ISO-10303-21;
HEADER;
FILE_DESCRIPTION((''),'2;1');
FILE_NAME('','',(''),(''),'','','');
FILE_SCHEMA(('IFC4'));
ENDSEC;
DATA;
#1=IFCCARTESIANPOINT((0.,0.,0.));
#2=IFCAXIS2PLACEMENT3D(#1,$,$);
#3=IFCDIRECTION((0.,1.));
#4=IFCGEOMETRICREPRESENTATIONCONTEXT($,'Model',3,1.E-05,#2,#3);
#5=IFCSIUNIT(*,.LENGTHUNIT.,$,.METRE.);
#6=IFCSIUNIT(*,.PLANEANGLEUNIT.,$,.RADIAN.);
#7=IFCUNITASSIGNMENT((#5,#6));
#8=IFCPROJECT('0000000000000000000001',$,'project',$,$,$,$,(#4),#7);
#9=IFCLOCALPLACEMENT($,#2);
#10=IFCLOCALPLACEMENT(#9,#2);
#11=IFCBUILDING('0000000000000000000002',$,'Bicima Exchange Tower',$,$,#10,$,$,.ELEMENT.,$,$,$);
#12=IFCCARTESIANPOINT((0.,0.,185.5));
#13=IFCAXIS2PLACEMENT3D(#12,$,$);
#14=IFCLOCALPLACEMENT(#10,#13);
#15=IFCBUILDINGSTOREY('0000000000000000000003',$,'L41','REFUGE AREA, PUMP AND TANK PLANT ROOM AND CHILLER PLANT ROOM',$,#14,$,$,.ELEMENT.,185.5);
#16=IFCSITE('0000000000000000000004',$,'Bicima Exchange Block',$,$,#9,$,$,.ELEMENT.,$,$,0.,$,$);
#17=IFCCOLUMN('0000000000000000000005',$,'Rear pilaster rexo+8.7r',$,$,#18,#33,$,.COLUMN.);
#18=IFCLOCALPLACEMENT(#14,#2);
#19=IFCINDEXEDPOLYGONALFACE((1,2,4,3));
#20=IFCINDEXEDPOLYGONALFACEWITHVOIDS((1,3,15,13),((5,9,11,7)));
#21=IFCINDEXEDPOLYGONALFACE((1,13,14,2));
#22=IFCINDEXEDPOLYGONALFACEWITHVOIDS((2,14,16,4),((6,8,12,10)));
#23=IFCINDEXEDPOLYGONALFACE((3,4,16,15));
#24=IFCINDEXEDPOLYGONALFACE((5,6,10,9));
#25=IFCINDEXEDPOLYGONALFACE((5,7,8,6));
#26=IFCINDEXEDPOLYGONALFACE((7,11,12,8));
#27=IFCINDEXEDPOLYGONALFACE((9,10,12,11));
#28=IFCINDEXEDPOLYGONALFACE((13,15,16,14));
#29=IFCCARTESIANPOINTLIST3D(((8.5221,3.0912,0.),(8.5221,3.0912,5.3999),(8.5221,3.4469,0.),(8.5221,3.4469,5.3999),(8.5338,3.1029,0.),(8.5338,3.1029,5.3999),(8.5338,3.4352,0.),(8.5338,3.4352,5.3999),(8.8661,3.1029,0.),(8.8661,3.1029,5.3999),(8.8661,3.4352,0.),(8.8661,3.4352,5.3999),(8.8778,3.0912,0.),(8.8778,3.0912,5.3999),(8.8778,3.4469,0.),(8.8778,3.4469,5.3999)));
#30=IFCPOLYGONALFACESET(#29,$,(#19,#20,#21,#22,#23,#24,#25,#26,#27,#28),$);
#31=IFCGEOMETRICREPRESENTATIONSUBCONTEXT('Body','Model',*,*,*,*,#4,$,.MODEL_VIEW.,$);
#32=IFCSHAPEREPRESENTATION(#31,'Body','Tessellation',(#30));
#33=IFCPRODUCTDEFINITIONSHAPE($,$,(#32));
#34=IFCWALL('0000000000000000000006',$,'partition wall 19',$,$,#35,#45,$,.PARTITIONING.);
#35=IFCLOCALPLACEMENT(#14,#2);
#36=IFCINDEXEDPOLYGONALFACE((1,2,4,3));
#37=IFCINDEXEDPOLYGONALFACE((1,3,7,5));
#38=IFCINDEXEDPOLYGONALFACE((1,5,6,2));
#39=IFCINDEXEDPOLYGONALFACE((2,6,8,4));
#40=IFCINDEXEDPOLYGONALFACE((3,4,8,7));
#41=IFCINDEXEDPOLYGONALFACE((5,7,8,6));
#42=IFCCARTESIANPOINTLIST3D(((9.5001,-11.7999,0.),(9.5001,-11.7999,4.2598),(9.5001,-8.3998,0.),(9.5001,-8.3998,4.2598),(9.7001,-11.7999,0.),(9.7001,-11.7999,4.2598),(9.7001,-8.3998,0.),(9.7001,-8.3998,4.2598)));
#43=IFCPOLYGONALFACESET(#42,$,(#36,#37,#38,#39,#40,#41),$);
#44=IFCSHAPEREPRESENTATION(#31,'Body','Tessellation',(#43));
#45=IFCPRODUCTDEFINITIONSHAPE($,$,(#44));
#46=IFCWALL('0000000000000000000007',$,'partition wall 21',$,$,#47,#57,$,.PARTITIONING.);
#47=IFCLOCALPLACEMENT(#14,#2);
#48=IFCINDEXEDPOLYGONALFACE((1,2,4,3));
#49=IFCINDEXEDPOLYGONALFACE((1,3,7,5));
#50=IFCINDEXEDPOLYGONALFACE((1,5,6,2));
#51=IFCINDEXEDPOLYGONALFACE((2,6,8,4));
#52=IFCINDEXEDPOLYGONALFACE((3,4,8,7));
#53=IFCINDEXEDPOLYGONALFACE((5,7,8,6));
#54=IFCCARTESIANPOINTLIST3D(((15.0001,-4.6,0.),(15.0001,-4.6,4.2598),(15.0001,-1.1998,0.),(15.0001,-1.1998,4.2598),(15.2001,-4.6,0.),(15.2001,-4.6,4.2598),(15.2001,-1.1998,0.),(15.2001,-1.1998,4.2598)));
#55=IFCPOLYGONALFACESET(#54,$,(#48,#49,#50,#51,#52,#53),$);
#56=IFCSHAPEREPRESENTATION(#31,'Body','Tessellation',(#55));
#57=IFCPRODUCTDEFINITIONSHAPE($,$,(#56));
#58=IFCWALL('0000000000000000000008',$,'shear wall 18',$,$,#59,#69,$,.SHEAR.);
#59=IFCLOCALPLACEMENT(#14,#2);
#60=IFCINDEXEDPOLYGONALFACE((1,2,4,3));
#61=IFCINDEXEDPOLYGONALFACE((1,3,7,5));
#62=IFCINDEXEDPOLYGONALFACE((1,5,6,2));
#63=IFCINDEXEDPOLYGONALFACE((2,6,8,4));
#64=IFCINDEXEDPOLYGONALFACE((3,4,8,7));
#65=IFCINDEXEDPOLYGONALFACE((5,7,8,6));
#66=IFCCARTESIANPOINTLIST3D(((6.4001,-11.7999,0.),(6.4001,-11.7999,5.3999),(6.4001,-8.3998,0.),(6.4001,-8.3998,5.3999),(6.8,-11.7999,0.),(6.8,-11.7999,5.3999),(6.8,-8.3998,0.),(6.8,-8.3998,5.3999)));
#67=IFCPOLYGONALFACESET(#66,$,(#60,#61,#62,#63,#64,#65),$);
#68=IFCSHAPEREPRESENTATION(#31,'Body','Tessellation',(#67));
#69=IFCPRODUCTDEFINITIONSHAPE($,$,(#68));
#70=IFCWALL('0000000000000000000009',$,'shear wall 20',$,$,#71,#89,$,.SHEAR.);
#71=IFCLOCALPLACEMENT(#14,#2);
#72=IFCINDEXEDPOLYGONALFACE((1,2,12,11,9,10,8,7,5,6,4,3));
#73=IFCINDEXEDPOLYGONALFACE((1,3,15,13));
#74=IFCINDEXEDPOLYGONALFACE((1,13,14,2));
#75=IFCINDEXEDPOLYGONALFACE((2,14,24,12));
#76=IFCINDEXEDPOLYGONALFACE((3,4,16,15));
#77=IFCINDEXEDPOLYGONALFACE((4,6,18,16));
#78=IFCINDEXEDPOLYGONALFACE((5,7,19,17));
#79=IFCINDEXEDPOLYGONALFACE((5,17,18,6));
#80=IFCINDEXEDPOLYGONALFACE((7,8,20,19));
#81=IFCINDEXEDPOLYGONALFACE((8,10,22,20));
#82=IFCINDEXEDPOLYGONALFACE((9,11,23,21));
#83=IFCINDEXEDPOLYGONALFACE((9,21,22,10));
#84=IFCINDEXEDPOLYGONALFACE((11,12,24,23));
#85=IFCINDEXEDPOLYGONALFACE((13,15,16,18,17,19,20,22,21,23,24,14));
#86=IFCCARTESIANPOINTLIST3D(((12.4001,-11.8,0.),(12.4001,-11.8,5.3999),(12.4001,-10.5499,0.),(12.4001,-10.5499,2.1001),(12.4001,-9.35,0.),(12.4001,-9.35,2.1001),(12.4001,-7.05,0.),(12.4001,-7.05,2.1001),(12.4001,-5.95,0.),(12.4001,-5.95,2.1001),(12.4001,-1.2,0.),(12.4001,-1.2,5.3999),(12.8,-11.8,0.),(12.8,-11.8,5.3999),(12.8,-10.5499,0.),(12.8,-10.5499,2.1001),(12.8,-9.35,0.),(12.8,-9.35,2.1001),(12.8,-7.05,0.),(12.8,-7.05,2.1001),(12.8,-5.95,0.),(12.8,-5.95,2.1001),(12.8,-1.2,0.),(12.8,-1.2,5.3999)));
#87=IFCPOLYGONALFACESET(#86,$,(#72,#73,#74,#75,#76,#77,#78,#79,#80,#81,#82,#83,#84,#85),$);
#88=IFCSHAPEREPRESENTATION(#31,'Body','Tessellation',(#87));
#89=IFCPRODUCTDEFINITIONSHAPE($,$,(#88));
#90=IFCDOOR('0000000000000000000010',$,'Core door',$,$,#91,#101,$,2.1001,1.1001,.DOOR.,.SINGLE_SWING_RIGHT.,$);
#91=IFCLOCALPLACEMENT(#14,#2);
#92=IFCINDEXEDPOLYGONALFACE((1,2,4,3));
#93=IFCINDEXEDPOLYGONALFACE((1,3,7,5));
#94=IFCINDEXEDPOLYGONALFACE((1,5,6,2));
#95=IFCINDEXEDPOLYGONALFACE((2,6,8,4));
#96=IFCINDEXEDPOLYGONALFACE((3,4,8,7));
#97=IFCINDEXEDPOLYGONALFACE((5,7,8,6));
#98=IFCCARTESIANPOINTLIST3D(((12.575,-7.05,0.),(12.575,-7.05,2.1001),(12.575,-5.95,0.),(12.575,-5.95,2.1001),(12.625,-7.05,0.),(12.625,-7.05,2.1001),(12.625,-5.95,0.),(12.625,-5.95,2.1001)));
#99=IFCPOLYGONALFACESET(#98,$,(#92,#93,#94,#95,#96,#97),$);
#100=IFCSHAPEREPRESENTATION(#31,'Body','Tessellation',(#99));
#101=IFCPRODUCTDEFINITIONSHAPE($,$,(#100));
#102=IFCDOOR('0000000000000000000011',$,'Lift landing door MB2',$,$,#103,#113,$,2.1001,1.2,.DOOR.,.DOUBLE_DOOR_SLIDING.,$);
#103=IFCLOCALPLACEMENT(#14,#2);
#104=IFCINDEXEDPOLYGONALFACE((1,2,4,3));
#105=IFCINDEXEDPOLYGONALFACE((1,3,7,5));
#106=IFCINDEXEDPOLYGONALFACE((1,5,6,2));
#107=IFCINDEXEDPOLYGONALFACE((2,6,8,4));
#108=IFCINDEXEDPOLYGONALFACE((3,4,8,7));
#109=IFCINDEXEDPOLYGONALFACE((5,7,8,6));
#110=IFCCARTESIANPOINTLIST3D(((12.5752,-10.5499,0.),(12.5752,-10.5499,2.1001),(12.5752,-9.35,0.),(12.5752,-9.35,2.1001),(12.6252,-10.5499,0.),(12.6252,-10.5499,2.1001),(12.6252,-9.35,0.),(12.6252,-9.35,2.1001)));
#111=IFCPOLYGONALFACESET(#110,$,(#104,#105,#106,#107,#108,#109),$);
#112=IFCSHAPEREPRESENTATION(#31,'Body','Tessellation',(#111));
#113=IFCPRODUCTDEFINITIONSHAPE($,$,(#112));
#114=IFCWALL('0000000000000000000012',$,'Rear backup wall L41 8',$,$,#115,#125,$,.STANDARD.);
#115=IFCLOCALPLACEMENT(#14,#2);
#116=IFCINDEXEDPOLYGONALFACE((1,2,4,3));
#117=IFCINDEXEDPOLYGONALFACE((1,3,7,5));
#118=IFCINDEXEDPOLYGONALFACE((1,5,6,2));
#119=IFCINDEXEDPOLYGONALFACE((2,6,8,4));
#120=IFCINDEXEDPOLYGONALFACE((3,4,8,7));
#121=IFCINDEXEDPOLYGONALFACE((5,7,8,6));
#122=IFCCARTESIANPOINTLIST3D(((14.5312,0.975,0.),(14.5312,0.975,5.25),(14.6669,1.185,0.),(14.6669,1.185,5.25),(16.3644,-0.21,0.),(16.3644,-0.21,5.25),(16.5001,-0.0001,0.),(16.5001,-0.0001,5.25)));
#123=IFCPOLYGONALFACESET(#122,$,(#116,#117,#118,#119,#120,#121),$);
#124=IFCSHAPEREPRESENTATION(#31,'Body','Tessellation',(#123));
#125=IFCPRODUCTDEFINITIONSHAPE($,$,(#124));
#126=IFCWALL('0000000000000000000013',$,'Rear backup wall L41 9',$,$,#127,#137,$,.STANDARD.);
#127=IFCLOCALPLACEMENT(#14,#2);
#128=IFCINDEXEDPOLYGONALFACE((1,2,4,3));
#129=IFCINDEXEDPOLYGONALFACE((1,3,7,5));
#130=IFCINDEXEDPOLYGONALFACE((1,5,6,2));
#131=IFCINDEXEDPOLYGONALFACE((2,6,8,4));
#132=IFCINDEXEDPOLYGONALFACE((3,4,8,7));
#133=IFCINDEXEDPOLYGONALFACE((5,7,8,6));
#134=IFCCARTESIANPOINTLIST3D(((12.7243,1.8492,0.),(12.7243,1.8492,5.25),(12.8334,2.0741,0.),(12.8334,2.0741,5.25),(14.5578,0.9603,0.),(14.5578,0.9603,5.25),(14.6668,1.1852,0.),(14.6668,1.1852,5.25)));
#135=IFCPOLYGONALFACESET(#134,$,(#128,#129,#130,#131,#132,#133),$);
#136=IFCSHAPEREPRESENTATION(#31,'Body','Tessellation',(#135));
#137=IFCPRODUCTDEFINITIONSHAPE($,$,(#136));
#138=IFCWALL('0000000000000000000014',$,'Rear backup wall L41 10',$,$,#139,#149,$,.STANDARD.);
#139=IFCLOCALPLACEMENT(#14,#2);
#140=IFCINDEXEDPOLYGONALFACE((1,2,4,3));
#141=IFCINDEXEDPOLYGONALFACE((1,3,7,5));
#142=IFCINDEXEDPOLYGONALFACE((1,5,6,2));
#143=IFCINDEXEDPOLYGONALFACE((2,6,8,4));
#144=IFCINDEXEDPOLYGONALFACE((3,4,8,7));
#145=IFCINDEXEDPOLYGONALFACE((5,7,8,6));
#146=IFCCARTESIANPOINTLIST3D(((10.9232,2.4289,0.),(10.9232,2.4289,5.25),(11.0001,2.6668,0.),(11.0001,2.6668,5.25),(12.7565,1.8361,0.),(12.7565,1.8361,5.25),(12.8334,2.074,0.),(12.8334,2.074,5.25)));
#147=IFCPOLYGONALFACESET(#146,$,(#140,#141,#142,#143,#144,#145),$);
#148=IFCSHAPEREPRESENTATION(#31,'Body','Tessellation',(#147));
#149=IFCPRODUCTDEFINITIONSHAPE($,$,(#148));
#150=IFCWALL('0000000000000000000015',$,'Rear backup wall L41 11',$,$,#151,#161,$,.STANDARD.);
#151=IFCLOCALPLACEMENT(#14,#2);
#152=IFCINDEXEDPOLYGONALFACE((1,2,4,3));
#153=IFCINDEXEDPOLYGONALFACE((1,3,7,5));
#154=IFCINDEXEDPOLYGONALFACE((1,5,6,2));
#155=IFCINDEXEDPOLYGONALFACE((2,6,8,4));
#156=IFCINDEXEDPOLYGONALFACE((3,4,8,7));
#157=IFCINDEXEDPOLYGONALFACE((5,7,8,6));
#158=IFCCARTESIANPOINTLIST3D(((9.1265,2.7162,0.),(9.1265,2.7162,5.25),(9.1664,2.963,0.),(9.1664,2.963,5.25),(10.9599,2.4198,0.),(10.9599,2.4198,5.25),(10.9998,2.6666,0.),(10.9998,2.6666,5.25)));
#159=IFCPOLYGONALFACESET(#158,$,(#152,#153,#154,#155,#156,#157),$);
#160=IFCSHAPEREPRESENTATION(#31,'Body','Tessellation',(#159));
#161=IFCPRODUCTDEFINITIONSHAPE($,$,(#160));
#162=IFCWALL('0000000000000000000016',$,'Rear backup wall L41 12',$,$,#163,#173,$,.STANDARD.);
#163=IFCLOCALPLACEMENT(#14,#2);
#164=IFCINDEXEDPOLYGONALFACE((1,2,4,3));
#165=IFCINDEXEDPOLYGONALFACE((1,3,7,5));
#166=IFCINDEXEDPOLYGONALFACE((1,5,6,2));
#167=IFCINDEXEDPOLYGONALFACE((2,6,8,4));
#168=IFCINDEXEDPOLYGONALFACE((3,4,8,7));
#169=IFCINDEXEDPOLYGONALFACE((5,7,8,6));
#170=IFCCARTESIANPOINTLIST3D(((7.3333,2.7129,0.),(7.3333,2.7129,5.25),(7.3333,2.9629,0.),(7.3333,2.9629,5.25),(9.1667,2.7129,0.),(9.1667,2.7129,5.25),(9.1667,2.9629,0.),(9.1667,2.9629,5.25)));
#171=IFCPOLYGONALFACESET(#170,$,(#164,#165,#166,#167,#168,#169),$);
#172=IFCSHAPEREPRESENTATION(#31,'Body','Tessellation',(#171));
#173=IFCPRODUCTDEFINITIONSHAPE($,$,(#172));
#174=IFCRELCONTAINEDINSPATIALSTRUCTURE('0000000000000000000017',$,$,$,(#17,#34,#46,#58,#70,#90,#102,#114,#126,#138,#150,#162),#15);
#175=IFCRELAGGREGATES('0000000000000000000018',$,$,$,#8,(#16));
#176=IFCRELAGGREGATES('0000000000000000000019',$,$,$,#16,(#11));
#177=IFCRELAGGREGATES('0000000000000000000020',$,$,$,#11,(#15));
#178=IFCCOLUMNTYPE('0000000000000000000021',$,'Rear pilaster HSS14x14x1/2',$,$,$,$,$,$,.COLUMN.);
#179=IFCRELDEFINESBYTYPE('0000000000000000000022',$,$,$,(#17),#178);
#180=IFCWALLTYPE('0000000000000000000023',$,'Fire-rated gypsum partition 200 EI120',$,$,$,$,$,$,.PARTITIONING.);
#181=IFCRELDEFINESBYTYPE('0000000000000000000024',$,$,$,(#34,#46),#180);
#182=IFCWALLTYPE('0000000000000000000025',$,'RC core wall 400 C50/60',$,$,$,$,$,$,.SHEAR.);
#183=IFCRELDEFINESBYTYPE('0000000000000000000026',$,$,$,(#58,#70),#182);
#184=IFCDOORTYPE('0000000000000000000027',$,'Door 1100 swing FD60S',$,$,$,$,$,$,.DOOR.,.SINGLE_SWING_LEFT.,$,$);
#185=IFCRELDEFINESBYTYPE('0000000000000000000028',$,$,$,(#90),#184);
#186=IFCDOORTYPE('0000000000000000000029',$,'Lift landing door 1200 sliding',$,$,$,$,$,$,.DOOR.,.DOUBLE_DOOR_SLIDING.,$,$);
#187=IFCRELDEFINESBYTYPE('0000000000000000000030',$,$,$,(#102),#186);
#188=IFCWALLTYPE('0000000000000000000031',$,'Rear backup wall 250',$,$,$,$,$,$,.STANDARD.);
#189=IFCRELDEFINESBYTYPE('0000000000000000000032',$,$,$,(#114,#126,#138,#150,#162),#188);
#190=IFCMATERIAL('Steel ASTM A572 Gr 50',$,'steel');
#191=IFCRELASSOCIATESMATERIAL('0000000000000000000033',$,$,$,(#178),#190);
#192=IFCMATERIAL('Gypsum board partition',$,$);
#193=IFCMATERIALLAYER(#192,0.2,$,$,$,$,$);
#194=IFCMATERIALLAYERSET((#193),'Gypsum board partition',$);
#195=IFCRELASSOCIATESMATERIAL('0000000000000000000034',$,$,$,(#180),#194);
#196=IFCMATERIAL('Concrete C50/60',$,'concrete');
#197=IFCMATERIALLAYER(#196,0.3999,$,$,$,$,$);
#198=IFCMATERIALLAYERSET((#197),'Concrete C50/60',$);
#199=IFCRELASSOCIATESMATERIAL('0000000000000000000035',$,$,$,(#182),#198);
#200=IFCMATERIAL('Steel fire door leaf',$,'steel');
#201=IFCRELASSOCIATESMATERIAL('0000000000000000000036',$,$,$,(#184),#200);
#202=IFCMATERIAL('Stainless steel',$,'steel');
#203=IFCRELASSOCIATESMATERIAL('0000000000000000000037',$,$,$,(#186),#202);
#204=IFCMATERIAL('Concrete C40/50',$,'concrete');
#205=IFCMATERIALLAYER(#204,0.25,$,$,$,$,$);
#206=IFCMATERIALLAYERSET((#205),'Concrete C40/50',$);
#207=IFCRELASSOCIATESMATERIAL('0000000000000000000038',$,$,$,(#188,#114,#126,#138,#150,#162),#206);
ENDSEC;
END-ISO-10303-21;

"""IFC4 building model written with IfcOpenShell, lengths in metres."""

from ifc_helpers import new_model, si_unit, direction, frame, frame_2d, origin, origin_2d, place, context, subcontext, project, spatial, rectangle, hollow_rectangle, extrude, material, layer, layer_set, layer_usage, material_profile, profile_set, type_object, element, fill, save


model = new_model("IFC4")

# Units and contexts
model_context = context("Model", 3, precision=1e-05, world=origin(), true_north=direction((0.0, 1.0)))
body_context = subcontext(model_context, "Body", "Model", "MODEL_VIEW")
ifc_project = project(units=[si_unit("LENGTHUNIT", "METRE"), si_unit("PLANEANGLEUNIT", "RADIAN")], contexts=[model_context])

# Site, building, storey
site_placement = place(None, origin())
site = spatial("IfcSite", under=ifc_project, at=site_placement, Name="Bicima Exchange Block", CompositionType="ELEMENT", RefElevation=0.0)
building_placement = place(site_placement, origin())
building = spatial("IfcBuilding", under=site, at=building_placement, Name="Bicima Exchange Tower", CompositionType="ELEMENT")
storey_placement = place(building_placement, frame((0.0, 0.0, 185.5)))
storey = spatial("IfcBuildingStorey", under=building, at=storey_placement, Name="L41", Description="REFUGE AREA, PUMP AND TANK PLANT ROOM AND CHILLER PLANT ROOM", CompositionType="ELEMENT", Elevation=185.5)

# Column
ifc_material_1 = material(Name="Steel ASTM A572 Gr 50", Category="steel")
ifc_material_profile = material_profile(ifc_material_1, hollow_rectangle(XDim=0.3557, YDim=0.3557, WallThickness=0.0117, at=origin_2d()))
ifc_profile_set = profile_set([ifc_material_profile], Name="Steel ASTM A572 Gr 50")
column_type = type_object("IfcColumnType", Name="Rear pilaster HSS14x14x1/2", PredefinedType="COLUMN", material=ifc_profile_set)
column_placement = place(storey_placement, frame((8.7, 3.269, 0.0), z_axis=(0.0, 0.0, 1.0), x_axis=(1.0, 0.0, 0.0)))
element("IfcColumn", 1, at=column_placement, inside=storey, type_object=column_type, Name="Rear pilaster rexo+8.7r", PredefinedType="COLUMN", context=body_context, shape_type="SweptSolid", body=[
    extrude(hollow_rectangle(XDim=0.3557, YDim=0.3557, WallThickness=0.0117, at=origin_2d()), origin(), (0.0, 0.0, 1.0), 5.3999),
])

# Walls
ifc_material_2 = material(Name="Gypsum board partition")
ifc_layer_1 = layer(ifc_material_2, 0.2)
ifc_layer_set_1 = layer_set([ifc_layer_1], Name="Gypsum board partition")
wall_type_1 = type_object("IfcWallType", Name="Fire-rated gypsum partition 200 EI120", PredefinedType="PARTITIONING", material=ifc_layer_set_1)
for number, where, z_axis, x_axis, name in (
    (2, (9.6001, -11.8, 0.0), (0.0, 0.0, 1.0), (0.0, 1.0, 0.0), "partition wall 19"),
    (3, (15.1001, -4.6001, 0.0), (0.0, 0.0, 1.0), (0.0, 1.0, 0.0), "partition wall 21"),
):
    element("IfcWall", number, at=place(storey_placement, frame(where, z_axis=z_axis, x_axis=x_axis)), inside=storey, type_object=wall_type_1, Name=name, PredefinedType="PARTITIONING", context=body_context, shape_type="SweptSolid", body=[
        extrude(rectangle(XDim=3.4001, YDim=0.2, at=frame_2d((1.7002, 0.0))), origin(), (0.0, 0.0, 1.0), 4.2598),
    ])
ifc_material_3 = material(Name="Concrete C50/60", Category="concrete")
ifc_layer_2 = layer(ifc_material_3, 0.3999)
ifc_layer_set_2 = layer_set([ifc_layer_2], Name="Concrete C50/60")
wall_type_2 = type_object("IfcWallType", Name="RC core wall 400 C50/60", PredefinedType="SHEAR", material=ifc_layer_set_2)
wall_1_placement = place(storey_placement, frame((6.6001, -11.8, 0.0), z_axis=(0.0, 0.0, 1.0), x_axis=(0.0, 1.0, 0.0)))
element("IfcWall", 4, at=wall_1_placement, inside=storey, type_object=wall_type_2, Name="shear wall 18", PredefinedType="SHEAR", context=body_context, shape_type="SweptSolid", body=[
    extrude(rectangle(XDim=3.4001, YDim=0.3999, at=frame_2d((1.7002, 0.0))), origin(), (0.0, 0.0, 1.0), 5.3999),
])

# Wall, openings, doors
wall_2_placement = place(storey_placement, frame((12.6001, -11.8, 0.0), z_axis=(0.0, 0.0, 1.0), x_axis=(0.0, 1.0, 0.0)))
wall_2 = element("IfcWall", 5, at=wall_2_placement, inside=storey, type_object=wall_type_2, Name="shear wall 20", PredefinedType="SHEAR", context=body_context, shape_type="SweptSolid", body=[
    extrude(rectangle(XDim=10.6001, YDim=0.3999, at=frame_2d((5.3, 0.0))), origin(), (0.0, 0.0, 1.0), 5.3999),
])
opening_1_placement = place(wall_2_placement, frame((1.25, 0.0, 0.0)))
opening_1 = element("IfcOpeningElement", 6, at=opening_1_placement, cuts=wall_2, PredefinedType="OPENING", context=body_context, shape_type="SweptSolid", body=[
    extrude(rectangle(XDim=1.2, YDim=2.1001, at=frame_2d((0.6001, 1.05))), frame((0.0, 0.2119, 0.0), z_axis=(0.0, -1.0, 0.0), x_axis=(1.0, 0.0, 0.0)), (0.0, 0.0, 1.0), 0.4238),
])
opening_2_placement = place(wall_2_placement, frame((4.75, 0.0, 0.0)))
opening_2 = element("IfcOpeningElement", 7, at=opening_2_placement, cuts=wall_2, PredefinedType="OPENING", context=body_context, shape_type="SweptSolid", body=[
    extrude(rectangle(XDim=1.1001, YDim=2.1001, at=frame_2d((0.55, 1.05))), frame((0.0, 0.2119, 0.0), z_axis=(0.0, -1.0, 0.0), x_axis=(1.0, 0.0, 0.0)), (0.0, 0.0, 1.0), 0.4238),
])
ifc_material_4 = material(Name="Steel fire door leaf", Category="steel")
door_type_1 = type_object("IfcDoorType", Name="Door 1100 swing FD60S", OperationType="SINGLE_SWING_LEFT", PredefinedType="DOOR", material=ifc_material_4)
door_1_placement = place(opening_2_placement, frame((1.1001, 0.0, 0.0), z_axis=(0.0, 0.0, 1.0), x_axis=(-1.0, 0.0, 0.0)))
door_1 = element("IfcDoor", 8, at=door_1_placement, inside=storey, type_object=door_type_1, Name="Core door", OperationType="SINGLE_SWING_RIGHT", OverallHeight=2.1001, OverallWidth=1.1001, PredefinedType="DOOR", context=body_context, shape_type="SweptSolid", body=[
    extrude(rectangle(XDim=1.1001, YDim=2.1001, at=frame_2d((0.55, 1.05))), frame((0.0, 0.0249, 0.0), z_axis=(0.0, -1.0, 0.0), x_axis=(1.0, 0.0, 0.0)), (0.0, 0.0, 1.0), 0.05),
])
fill(opening_2, door_1)
ifc_material_5 = material(Name="Stainless steel", Category="steel")
door_type_2 = type_object("IfcDoorType", Name="Lift landing door 1200 sliding", OperationType="DOUBLE_DOOR_SLIDING", PredefinedType="DOOR", material=ifc_material_5)
door_2_placement = place(opening_1_placement, origin())
door_2 = element("IfcDoor", 9, at=door_2_placement, inside=storey, type_object=door_type_2, Name="Lift landing door MB2", OperationType="DOUBLE_DOOR_SLIDING", OverallHeight=2.1001, OverallWidth=1.2, PredefinedType="DOOR", context=body_context, shape_type="SweptSolid", body=[
    extrude(rectangle(XDim=1.2, YDim=2.1001, at=frame_2d((0.6001, 1.05))), frame((0.0, 0.0249, 0.0), z_axis=(0.0, -1.0, 0.0), x_axis=(1.0, 0.0, 0.0)), (0.0, 0.0, 1.0), 0.05),
])
fill(opening_1, door_2)

# Walls
ifc_material_6 = material(Name="Concrete C40/50", Category="concrete")
ifc_layer_3 = layer(ifc_material_6, 0.25)
ifc_layer_set_3 = layer_set([ifc_layer_3], Name="Concrete C40/50")
ifc_layer_usage = layer_usage(ifc_layer_set_3, "AXIS2", "POSITIVE", -0.125)
wall_type_3 = type_object("IfcWallType", Name="Rear backup wall 250", PredefinedType="STANDARD", material=ifc_layer_set_3)
wall_3_placement = place(storey_placement, frame((16.4321, -0.105, 0.0), z_axis=(0.0, 0.0, 1.0), x_axis=(-0.839813, 0.542876, 0.0)))
element("IfcWall", 10, at=wall_3_placement, inside=storey, type_object=wall_type_3, material=ifc_layer_usage, Name="Rear backup wall L41 8", PredefinedType="STANDARD", context=body_context, shape_type="SweptSolid", body=[
    extrude(rectangle(XDim=2.1829, YDim=0.25, at=frame_2d((1.0913, 0.0))), origin(), (0.0, 0.0, 1.0), 5.25),
])
wall_4_placement = place(storey_placement, frame((14.6123, 1.0728, 0.0), z_axis=(0.0, 0.0, 1.0), x_axis=(-0.899824, 0.436253, 0.0)))
element("IfcWall", 11, at=wall_4_placement, inside=storey, type_object=wall_type_3, material=ifc_layer_usage, Name="Rear backup wall L41 9", PredefinedType="STANDARD", context=body_context, shape_type="SweptSolid", body=[
    extrude(rectangle(XDim=2.0376, YDim=0.25, at=frame_2d((1.0188, 0.0))), origin(), (0.0, 0.0, 1.0), 5.25),
])
wall_5_placement = place(storey_placement, frame((12.7949, 1.9551, 0.0), z_axis=(0.0, 0.0, 1.0), x_axis=(-0.951496, 0.307662, 0.0)))
element("IfcWall", 12, at=wall_5_placement, inside=storey, type_object=wall_type_3, material=ifc_layer_usage, Name="Rear backup wall L41 10", PredefinedType="STANDARD", context=body_context, shape_type="SweptSolid", body=[
    extrude(rectangle(XDim=1.9268, YDim=0.25, at=frame_2d((0.9634, 0.0))), origin(), (0.0, 0.0, 1.0), 5.25),
])
wall_6_placement = place(storey_placement, frame((10.98, 2.5432, 0.0), z_axis=(0.0, 0.0, 1.0), x_axis=(-0.987182, 0.1596, 0.0)))
element("IfcWall", 13, at=wall_6_placement, inside=storey, type_object=wall_type_3, material=ifc_layer_usage, Name="Rear backup wall L41 11", PredefinedType="STANDARD", context=body_context, shape_type="SweptSolid", body=[
    extrude(rectangle(XDim=1.8572, YDim=0.25, at=frame_2d((0.9287, 0.0))), origin(), (0.0, 0.0, 1.0), 5.25),
])
wall_7_placement = place(storey_placement, frame((9.1667, 2.8379, 0.0), z_axis=(0.0, 0.0, 1.0), x_axis=(-1.0, 0.0, 0.0)))
element("IfcWall", 14, at=wall_7_placement, inside=storey, type_object=wall_type_3, material=ifc_layer_usage, Name="Rear backup wall L41 12", PredefinedType="STANDARD", context=body_context, shape_type="SweptSolid", body=[
    extrude(rectangle(XDim=1.8335, YDim=0.25, at=frame_2d((0.9167, 0.0))), origin(), (0.0, 0.0, 1.0), 5.25),
])

save(model, "model.ifc")
